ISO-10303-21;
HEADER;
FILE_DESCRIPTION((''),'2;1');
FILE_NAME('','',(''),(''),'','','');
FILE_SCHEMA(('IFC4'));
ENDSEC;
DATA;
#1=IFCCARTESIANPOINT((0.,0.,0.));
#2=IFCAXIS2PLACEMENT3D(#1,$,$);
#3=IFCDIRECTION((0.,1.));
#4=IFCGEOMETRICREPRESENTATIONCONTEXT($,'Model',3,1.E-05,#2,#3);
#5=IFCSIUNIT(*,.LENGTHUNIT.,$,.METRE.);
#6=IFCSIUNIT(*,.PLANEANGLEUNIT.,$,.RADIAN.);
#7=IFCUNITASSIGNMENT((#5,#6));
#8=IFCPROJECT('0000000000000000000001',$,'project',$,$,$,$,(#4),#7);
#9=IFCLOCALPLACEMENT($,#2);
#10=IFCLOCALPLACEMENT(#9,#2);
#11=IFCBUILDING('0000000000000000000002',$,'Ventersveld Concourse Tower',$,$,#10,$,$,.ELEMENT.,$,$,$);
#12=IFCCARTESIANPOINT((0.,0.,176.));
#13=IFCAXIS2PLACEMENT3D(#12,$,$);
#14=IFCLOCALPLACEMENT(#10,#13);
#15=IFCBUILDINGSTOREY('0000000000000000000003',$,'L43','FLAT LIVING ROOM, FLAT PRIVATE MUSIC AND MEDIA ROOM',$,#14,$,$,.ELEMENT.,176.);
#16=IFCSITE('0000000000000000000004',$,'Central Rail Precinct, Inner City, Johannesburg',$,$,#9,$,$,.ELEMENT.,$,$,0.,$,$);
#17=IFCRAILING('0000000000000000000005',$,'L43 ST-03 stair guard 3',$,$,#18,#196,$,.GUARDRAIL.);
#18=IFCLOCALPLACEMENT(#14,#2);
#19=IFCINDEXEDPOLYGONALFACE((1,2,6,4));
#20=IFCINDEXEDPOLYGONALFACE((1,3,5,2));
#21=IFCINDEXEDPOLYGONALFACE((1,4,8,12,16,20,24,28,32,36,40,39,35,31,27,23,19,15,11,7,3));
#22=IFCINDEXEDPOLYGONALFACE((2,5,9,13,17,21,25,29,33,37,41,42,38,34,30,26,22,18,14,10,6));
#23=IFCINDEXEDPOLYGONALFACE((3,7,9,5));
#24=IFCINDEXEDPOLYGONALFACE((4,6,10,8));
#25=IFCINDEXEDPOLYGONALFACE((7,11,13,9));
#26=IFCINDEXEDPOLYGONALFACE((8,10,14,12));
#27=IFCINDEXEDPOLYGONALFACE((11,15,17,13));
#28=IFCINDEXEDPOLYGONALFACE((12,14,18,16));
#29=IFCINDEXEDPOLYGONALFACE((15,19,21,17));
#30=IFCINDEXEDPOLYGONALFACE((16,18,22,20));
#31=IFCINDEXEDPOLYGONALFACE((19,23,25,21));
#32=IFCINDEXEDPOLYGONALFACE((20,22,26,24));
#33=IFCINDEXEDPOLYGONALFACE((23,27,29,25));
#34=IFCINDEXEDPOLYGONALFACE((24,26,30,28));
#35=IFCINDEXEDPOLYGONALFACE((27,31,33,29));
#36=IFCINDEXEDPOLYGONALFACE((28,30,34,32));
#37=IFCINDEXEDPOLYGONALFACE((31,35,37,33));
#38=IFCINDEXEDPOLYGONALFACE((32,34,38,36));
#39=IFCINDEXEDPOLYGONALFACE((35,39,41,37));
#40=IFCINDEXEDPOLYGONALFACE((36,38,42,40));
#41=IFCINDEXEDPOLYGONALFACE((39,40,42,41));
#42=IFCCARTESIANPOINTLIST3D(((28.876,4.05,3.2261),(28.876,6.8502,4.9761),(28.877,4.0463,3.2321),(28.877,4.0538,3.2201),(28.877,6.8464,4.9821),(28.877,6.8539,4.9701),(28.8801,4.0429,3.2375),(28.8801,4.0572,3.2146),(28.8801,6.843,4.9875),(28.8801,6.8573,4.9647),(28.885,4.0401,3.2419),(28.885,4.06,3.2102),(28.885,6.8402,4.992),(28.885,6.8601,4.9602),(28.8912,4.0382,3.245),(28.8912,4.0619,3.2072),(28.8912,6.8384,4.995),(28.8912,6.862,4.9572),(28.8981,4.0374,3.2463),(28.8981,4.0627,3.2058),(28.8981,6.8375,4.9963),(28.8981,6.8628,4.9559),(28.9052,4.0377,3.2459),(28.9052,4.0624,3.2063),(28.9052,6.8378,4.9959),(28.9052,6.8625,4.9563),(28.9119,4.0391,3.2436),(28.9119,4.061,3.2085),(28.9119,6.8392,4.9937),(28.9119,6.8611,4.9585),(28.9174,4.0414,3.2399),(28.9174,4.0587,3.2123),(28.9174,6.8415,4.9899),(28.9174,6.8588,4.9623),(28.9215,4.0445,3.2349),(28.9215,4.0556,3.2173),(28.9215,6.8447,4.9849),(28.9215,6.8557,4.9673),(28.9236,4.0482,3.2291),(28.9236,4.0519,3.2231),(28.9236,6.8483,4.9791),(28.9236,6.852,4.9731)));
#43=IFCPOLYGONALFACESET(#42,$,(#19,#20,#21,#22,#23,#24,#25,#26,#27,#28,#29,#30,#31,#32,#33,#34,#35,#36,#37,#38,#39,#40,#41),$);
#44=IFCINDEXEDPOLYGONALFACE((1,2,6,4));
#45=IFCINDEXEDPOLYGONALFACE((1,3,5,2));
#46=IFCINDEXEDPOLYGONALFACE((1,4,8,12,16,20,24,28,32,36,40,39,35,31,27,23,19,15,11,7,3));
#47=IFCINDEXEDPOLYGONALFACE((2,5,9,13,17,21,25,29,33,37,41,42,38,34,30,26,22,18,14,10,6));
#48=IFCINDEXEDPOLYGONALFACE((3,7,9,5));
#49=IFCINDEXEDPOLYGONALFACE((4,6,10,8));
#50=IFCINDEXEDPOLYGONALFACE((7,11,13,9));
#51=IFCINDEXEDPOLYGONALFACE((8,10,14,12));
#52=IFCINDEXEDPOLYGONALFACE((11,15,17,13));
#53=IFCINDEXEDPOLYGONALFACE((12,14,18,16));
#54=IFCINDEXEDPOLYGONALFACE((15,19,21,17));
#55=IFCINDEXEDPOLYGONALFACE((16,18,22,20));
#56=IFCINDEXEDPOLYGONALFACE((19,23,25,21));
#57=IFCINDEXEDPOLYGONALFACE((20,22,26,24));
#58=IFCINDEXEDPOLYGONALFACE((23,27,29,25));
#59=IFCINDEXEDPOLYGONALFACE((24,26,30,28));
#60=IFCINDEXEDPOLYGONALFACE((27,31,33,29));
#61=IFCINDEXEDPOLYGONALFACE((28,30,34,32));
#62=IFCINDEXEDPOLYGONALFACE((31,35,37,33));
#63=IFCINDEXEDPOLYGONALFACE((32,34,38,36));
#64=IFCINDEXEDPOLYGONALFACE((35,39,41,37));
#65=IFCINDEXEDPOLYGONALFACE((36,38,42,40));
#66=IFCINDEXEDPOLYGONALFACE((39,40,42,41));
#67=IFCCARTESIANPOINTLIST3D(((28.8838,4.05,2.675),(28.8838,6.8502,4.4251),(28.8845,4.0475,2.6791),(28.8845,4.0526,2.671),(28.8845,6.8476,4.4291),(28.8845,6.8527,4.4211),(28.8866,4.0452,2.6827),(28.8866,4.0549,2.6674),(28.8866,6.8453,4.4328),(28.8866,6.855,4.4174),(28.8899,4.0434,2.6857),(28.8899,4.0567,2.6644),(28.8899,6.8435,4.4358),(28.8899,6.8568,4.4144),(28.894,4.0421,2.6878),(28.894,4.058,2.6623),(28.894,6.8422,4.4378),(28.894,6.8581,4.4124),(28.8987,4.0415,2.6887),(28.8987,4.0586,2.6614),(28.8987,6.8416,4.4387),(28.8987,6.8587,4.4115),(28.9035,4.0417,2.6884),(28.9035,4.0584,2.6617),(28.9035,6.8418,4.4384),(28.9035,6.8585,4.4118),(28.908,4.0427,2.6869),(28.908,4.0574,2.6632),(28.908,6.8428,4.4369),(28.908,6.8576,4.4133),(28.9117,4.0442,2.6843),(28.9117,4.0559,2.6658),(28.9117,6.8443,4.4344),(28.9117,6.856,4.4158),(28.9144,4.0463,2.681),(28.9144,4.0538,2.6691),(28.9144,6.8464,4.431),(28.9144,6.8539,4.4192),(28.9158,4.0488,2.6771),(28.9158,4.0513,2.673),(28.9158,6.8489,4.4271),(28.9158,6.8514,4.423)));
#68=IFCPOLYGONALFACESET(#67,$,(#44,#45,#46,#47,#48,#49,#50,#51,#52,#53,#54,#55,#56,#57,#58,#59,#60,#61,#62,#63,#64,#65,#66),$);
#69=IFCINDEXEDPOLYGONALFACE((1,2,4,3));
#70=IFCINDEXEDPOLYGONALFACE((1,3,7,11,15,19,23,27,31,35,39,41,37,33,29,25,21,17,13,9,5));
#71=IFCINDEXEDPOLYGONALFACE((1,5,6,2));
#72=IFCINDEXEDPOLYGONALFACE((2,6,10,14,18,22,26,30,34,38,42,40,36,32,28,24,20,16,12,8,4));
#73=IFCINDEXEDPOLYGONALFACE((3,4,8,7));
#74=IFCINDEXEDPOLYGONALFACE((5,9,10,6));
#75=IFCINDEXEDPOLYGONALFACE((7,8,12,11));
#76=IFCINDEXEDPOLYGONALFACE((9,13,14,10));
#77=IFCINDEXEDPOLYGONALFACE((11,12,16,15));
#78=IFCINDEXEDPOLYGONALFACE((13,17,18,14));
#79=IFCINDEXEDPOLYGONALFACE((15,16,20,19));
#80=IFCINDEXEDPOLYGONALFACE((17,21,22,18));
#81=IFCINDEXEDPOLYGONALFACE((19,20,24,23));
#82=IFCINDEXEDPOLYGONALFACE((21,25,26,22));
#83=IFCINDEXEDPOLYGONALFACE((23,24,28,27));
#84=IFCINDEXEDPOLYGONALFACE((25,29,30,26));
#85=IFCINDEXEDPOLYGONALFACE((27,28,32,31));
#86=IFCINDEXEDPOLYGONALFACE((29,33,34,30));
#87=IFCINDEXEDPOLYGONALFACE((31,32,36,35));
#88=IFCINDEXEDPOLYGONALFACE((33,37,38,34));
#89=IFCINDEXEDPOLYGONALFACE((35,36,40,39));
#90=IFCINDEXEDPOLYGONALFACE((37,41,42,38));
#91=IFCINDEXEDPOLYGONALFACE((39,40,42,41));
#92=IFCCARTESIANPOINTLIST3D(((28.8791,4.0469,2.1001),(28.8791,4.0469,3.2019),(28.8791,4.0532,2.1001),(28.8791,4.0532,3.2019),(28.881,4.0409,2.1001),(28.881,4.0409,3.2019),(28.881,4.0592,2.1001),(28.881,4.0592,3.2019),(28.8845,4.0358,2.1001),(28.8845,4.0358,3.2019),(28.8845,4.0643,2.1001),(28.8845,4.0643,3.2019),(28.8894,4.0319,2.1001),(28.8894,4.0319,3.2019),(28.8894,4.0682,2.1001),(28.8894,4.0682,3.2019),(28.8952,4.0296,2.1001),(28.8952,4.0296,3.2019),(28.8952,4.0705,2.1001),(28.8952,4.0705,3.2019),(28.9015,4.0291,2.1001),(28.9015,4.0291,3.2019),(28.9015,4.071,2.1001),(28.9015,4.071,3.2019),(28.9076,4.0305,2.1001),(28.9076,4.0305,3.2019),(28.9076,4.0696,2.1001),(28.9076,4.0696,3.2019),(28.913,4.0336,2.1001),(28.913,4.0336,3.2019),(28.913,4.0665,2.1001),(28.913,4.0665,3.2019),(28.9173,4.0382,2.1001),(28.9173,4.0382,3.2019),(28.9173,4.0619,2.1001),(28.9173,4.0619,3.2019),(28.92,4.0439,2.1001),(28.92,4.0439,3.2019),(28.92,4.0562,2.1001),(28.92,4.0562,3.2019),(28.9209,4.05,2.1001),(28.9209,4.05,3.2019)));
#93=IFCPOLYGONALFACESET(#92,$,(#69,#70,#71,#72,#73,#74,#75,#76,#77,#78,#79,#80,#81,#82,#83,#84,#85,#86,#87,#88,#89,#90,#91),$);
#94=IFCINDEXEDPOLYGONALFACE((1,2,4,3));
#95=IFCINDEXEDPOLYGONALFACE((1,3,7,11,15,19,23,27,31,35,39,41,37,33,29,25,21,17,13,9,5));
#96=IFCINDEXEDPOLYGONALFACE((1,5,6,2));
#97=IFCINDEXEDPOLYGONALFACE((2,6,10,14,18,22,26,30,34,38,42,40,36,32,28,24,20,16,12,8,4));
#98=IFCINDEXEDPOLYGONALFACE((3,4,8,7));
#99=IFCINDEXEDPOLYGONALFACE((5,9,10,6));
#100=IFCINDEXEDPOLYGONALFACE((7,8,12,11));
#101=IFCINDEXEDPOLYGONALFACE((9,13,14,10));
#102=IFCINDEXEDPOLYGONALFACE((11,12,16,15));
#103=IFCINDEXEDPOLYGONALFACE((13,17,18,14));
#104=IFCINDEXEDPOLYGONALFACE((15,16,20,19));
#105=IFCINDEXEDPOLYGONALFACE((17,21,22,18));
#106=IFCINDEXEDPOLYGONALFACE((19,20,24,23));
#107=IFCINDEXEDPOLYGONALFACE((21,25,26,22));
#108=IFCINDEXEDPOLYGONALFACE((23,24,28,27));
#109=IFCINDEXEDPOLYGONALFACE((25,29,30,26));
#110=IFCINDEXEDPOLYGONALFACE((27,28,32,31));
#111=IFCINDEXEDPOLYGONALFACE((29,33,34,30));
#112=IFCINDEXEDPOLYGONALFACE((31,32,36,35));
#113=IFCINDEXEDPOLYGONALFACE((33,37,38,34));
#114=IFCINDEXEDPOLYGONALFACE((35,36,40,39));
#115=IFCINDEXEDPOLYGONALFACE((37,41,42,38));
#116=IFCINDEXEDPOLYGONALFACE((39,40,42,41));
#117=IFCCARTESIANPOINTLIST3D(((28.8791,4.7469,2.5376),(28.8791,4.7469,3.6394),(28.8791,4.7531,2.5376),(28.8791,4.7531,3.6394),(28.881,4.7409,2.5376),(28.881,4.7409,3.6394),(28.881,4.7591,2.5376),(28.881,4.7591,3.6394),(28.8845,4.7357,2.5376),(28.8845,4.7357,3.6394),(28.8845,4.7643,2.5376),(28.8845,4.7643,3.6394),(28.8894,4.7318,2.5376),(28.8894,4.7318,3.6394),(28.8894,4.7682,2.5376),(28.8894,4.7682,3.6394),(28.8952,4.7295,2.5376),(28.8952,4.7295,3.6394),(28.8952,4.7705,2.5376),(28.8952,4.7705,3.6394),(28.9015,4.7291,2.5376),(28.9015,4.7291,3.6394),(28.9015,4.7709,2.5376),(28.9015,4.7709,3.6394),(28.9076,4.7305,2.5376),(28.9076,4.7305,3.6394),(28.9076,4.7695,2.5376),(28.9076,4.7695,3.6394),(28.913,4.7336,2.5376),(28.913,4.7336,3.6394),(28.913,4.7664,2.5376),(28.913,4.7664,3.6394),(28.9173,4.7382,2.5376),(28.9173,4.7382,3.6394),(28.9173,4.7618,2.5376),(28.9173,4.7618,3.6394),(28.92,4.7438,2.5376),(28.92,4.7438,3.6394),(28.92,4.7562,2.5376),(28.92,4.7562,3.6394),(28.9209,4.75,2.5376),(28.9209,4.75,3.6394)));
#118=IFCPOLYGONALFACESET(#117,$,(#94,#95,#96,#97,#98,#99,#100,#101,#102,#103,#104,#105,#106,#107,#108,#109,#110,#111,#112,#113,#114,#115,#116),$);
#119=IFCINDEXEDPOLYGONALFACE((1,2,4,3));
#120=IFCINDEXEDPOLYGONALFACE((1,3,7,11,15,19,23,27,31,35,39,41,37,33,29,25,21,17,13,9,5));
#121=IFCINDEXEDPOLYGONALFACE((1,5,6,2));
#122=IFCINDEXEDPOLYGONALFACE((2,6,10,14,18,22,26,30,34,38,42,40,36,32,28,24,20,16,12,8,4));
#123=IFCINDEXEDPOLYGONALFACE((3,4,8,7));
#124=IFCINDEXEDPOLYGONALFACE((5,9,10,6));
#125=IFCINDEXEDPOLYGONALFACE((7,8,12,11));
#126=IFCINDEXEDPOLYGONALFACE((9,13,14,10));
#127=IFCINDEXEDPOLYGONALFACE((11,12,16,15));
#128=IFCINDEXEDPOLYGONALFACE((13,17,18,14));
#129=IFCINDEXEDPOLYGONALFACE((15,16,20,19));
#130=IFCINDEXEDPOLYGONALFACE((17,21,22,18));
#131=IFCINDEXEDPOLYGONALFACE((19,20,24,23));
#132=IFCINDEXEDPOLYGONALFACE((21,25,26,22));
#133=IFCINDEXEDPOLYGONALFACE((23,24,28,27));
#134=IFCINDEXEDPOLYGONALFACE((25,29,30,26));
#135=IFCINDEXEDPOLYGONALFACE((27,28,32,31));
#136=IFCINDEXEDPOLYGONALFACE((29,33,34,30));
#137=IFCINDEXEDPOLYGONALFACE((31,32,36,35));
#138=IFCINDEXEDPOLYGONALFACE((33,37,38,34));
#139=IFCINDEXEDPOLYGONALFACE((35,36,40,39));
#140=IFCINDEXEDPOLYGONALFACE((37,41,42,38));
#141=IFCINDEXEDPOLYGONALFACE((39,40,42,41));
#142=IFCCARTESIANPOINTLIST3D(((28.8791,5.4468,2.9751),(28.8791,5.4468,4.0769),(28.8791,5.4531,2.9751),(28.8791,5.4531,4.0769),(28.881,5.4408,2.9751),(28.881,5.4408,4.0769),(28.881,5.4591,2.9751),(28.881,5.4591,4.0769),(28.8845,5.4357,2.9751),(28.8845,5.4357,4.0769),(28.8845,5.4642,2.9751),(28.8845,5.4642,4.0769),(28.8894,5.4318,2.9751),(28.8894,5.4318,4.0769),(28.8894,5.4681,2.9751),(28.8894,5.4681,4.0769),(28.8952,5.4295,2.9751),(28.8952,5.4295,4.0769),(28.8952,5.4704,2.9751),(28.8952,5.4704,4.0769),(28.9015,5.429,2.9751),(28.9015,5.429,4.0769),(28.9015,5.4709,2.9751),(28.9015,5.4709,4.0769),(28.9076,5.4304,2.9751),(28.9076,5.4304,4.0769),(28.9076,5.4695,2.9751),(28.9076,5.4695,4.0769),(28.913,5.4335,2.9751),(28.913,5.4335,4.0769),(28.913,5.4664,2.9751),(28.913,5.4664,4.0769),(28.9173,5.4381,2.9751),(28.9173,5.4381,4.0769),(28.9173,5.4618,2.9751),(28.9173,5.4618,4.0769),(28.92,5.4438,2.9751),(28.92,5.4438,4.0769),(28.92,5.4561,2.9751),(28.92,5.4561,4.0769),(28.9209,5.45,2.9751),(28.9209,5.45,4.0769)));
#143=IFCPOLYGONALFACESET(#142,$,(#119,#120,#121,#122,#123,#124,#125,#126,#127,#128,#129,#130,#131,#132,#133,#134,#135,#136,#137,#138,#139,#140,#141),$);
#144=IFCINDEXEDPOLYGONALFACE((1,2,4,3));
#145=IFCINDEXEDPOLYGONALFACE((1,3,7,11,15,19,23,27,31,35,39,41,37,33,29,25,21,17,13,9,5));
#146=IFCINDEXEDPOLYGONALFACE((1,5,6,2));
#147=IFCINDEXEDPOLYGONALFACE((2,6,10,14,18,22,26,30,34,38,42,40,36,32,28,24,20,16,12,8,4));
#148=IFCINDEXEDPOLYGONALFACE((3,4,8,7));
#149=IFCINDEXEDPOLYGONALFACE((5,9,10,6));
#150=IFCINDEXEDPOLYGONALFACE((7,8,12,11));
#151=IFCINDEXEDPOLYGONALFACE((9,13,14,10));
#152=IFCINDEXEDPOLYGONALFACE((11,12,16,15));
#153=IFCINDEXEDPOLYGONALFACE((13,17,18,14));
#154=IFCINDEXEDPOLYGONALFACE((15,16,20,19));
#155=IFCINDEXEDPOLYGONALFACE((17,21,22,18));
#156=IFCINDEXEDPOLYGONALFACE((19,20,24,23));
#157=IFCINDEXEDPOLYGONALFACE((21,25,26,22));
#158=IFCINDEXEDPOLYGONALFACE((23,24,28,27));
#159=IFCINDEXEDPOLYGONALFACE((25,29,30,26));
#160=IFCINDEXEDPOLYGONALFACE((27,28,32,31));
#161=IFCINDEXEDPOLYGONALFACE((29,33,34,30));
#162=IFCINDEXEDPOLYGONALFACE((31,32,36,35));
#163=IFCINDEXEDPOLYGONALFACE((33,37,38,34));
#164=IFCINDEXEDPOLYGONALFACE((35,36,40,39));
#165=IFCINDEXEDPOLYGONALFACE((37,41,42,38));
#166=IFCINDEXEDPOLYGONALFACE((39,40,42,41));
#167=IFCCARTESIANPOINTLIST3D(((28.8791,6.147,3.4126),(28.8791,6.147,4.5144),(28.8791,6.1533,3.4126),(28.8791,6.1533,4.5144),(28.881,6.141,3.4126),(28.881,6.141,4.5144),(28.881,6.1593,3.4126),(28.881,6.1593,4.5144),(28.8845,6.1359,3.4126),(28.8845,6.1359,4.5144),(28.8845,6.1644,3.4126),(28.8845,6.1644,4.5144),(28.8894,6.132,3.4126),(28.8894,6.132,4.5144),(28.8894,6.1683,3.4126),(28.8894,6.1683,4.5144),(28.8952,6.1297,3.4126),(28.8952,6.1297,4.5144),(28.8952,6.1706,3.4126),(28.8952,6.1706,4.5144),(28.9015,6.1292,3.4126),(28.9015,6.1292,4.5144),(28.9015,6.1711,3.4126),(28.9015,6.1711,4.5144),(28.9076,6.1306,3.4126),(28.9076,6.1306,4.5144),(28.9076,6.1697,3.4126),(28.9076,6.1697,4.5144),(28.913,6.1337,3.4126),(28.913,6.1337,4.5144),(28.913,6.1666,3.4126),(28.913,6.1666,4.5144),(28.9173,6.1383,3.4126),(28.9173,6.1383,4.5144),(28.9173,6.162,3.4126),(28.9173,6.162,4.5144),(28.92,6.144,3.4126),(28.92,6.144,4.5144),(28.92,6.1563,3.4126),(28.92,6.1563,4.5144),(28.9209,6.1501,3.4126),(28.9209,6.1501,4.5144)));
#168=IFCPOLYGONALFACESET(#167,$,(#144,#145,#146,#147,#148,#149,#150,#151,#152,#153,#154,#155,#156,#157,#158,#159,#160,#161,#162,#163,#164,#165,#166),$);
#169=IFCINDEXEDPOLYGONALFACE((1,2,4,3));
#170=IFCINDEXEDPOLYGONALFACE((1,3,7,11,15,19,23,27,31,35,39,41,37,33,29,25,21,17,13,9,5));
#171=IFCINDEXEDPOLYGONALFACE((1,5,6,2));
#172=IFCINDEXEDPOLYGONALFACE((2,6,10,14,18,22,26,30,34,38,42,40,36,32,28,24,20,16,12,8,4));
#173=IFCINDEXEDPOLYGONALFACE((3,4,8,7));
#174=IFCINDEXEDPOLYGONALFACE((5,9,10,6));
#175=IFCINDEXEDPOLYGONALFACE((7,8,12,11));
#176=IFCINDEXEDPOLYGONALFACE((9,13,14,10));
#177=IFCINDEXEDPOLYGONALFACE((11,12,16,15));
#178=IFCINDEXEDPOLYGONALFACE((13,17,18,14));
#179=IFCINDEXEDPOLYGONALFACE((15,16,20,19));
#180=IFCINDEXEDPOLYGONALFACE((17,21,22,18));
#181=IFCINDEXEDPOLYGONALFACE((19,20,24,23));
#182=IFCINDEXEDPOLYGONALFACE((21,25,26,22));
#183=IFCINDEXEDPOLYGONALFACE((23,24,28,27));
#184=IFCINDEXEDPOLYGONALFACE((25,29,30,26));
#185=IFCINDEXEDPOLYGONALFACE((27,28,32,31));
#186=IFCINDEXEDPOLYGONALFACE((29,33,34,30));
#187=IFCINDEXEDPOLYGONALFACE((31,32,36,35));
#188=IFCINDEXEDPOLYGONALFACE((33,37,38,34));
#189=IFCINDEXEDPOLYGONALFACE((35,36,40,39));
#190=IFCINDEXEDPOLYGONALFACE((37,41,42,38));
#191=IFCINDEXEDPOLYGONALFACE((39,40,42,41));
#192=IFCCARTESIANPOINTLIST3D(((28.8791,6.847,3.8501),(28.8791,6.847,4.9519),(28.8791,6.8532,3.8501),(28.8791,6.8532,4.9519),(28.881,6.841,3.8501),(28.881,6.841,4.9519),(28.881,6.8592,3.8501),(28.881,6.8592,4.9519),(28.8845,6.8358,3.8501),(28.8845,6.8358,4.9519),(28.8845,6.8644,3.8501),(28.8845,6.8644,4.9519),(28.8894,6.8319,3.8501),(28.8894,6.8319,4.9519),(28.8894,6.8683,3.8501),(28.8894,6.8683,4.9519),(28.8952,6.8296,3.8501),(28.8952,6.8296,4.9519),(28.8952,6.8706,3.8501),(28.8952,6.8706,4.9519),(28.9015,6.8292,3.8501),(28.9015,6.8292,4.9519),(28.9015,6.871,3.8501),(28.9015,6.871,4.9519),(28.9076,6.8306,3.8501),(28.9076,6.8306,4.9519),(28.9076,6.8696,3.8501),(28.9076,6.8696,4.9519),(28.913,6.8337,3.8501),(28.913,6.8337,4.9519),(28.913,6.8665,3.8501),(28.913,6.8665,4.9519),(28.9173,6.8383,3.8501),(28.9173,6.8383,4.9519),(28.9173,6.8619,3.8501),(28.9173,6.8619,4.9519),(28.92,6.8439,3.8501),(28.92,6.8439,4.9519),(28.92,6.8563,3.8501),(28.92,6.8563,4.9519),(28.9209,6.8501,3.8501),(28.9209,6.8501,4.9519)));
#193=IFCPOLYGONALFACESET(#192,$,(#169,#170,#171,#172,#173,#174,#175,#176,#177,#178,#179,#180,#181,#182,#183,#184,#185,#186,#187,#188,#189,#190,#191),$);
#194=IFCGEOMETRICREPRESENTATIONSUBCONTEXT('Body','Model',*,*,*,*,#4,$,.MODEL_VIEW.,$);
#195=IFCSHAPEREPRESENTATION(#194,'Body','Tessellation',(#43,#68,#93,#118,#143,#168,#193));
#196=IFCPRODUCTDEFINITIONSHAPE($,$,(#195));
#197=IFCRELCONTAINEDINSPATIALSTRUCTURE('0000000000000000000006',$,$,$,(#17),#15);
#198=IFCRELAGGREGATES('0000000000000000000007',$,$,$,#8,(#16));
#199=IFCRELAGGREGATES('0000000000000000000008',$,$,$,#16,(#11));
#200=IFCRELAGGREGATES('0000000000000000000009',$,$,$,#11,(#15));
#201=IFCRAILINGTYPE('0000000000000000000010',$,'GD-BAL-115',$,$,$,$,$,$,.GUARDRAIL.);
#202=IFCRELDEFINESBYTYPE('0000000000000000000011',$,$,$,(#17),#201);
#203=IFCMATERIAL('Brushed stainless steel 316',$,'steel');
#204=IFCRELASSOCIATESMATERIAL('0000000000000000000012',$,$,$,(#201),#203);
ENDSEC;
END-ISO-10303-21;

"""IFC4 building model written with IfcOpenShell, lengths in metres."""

from ifc_helpers import new_model, si_unit, direction, frame, origin, origin_2d, place, context, subcontext, project, spatial, circle, extrude, material, type_object, element, save


model = new_model("IFC4")

# Units and contexts
model_context = context("Model", 3, precision=1e-05, world=origin(), true_north=direction((0.0, 1.0)))
body_context = subcontext(model_context, "Body", "Model", "MODEL_VIEW")
ifc_project = project(units=[si_unit("LENGTHUNIT", "METRE"), si_unit("PLANEANGLEUNIT", "RADIAN")], contexts=[model_context])

# Site, building, storey
site_placement = place(None, origin())
site = spatial("IfcSite", under=ifc_project, at=site_placement, Name="Central Rail Precinct, Inner City, Johannesburg", CompositionType="ELEMENT", RefElevation=0.0)
building_placement = place(site_placement, origin())
building = spatial("IfcBuilding", under=site, at=building_placement, Name="Ventersveld Concourse Tower", CompositionType="ELEMENT")
storey_placement = place(building_placement, frame((0.0, 0.0, 176.0)))
storey = spatial("IfcBuildingStorey", under=building, at=storey_placement, Name="L43", Description="FLAT LIVING ROOM, FLAT PRIVATE MUSIC AND MEDIA ROOM", CompositionType="ELEMENT", Elevation=176.0)

# Shared definitions
ifc_material_1 = material(Name="Brushed stainless steel 316", Category="steel")

# Railing
railing_type_1 = type_object("IfcRailingType", Name="GD-BAL-115", PredefinedType="GUARDRAIL", material=ifc_material_1)
railing_1_placement = place(storey_placement, frame((28.8999, 4.05, 2.1001)))
element("IfcRailing", 1, at=railing_1_placement, inside=storey, type_object=railing_type_1, Name="L43 ST-03 stair guard 3", PredefinedType="GUARDRAIL", context=body_context, shape_type="SweptSolid", body=[
    extrude(circle(Radius=0.0239, at=origin_2d()), frame((0.0, 0.0, 1.126), z_axis=(0.0, 0.848002, 0.529992), x_axis=(-1.0, 0.0, 0.0)), (0.0, 0.0, 1.0), 3.302),
    extrude(circle(Radius=0.0161, at=origin_2d()), frame((0.0, 0.0, 0.575), z_axis=(0.0, 0.848002, 0.529992), x_axis=(-1.0, 0.0, 0.0)), (0.0, 0.0, 1.0), 3.302),
    extrude(circle(Radius=0.021, at=origin_2d()), origin(), (0.0, 0.0, 1.0), 1.1018),
    extrude(circle(Radius=0.021, at=origin_2d()), frame((0.0, 0.7, 0.4375)), (0.0, 0.0, 1.0), 1.1018),
    extrude(circle(Radius=0.021, at=origin_2d()), frame((0.0, 1.3999, 0.875)), (0.0, 0.0, 1.0), 1.1018),
    extrude(circle(Radius=0.021, at=origin_2d()), frame((0.0, 2.1001, 1.3125)), (0.0, 0.0, 1.0), 1.1018),
    extrude(circle(Radius=0.021, at=origin_2d()), frame((0.0, 2.8, 1.75)), (0.0, 0.0, 1.0), 1.1018),
])

save(model, "model.ifc")
